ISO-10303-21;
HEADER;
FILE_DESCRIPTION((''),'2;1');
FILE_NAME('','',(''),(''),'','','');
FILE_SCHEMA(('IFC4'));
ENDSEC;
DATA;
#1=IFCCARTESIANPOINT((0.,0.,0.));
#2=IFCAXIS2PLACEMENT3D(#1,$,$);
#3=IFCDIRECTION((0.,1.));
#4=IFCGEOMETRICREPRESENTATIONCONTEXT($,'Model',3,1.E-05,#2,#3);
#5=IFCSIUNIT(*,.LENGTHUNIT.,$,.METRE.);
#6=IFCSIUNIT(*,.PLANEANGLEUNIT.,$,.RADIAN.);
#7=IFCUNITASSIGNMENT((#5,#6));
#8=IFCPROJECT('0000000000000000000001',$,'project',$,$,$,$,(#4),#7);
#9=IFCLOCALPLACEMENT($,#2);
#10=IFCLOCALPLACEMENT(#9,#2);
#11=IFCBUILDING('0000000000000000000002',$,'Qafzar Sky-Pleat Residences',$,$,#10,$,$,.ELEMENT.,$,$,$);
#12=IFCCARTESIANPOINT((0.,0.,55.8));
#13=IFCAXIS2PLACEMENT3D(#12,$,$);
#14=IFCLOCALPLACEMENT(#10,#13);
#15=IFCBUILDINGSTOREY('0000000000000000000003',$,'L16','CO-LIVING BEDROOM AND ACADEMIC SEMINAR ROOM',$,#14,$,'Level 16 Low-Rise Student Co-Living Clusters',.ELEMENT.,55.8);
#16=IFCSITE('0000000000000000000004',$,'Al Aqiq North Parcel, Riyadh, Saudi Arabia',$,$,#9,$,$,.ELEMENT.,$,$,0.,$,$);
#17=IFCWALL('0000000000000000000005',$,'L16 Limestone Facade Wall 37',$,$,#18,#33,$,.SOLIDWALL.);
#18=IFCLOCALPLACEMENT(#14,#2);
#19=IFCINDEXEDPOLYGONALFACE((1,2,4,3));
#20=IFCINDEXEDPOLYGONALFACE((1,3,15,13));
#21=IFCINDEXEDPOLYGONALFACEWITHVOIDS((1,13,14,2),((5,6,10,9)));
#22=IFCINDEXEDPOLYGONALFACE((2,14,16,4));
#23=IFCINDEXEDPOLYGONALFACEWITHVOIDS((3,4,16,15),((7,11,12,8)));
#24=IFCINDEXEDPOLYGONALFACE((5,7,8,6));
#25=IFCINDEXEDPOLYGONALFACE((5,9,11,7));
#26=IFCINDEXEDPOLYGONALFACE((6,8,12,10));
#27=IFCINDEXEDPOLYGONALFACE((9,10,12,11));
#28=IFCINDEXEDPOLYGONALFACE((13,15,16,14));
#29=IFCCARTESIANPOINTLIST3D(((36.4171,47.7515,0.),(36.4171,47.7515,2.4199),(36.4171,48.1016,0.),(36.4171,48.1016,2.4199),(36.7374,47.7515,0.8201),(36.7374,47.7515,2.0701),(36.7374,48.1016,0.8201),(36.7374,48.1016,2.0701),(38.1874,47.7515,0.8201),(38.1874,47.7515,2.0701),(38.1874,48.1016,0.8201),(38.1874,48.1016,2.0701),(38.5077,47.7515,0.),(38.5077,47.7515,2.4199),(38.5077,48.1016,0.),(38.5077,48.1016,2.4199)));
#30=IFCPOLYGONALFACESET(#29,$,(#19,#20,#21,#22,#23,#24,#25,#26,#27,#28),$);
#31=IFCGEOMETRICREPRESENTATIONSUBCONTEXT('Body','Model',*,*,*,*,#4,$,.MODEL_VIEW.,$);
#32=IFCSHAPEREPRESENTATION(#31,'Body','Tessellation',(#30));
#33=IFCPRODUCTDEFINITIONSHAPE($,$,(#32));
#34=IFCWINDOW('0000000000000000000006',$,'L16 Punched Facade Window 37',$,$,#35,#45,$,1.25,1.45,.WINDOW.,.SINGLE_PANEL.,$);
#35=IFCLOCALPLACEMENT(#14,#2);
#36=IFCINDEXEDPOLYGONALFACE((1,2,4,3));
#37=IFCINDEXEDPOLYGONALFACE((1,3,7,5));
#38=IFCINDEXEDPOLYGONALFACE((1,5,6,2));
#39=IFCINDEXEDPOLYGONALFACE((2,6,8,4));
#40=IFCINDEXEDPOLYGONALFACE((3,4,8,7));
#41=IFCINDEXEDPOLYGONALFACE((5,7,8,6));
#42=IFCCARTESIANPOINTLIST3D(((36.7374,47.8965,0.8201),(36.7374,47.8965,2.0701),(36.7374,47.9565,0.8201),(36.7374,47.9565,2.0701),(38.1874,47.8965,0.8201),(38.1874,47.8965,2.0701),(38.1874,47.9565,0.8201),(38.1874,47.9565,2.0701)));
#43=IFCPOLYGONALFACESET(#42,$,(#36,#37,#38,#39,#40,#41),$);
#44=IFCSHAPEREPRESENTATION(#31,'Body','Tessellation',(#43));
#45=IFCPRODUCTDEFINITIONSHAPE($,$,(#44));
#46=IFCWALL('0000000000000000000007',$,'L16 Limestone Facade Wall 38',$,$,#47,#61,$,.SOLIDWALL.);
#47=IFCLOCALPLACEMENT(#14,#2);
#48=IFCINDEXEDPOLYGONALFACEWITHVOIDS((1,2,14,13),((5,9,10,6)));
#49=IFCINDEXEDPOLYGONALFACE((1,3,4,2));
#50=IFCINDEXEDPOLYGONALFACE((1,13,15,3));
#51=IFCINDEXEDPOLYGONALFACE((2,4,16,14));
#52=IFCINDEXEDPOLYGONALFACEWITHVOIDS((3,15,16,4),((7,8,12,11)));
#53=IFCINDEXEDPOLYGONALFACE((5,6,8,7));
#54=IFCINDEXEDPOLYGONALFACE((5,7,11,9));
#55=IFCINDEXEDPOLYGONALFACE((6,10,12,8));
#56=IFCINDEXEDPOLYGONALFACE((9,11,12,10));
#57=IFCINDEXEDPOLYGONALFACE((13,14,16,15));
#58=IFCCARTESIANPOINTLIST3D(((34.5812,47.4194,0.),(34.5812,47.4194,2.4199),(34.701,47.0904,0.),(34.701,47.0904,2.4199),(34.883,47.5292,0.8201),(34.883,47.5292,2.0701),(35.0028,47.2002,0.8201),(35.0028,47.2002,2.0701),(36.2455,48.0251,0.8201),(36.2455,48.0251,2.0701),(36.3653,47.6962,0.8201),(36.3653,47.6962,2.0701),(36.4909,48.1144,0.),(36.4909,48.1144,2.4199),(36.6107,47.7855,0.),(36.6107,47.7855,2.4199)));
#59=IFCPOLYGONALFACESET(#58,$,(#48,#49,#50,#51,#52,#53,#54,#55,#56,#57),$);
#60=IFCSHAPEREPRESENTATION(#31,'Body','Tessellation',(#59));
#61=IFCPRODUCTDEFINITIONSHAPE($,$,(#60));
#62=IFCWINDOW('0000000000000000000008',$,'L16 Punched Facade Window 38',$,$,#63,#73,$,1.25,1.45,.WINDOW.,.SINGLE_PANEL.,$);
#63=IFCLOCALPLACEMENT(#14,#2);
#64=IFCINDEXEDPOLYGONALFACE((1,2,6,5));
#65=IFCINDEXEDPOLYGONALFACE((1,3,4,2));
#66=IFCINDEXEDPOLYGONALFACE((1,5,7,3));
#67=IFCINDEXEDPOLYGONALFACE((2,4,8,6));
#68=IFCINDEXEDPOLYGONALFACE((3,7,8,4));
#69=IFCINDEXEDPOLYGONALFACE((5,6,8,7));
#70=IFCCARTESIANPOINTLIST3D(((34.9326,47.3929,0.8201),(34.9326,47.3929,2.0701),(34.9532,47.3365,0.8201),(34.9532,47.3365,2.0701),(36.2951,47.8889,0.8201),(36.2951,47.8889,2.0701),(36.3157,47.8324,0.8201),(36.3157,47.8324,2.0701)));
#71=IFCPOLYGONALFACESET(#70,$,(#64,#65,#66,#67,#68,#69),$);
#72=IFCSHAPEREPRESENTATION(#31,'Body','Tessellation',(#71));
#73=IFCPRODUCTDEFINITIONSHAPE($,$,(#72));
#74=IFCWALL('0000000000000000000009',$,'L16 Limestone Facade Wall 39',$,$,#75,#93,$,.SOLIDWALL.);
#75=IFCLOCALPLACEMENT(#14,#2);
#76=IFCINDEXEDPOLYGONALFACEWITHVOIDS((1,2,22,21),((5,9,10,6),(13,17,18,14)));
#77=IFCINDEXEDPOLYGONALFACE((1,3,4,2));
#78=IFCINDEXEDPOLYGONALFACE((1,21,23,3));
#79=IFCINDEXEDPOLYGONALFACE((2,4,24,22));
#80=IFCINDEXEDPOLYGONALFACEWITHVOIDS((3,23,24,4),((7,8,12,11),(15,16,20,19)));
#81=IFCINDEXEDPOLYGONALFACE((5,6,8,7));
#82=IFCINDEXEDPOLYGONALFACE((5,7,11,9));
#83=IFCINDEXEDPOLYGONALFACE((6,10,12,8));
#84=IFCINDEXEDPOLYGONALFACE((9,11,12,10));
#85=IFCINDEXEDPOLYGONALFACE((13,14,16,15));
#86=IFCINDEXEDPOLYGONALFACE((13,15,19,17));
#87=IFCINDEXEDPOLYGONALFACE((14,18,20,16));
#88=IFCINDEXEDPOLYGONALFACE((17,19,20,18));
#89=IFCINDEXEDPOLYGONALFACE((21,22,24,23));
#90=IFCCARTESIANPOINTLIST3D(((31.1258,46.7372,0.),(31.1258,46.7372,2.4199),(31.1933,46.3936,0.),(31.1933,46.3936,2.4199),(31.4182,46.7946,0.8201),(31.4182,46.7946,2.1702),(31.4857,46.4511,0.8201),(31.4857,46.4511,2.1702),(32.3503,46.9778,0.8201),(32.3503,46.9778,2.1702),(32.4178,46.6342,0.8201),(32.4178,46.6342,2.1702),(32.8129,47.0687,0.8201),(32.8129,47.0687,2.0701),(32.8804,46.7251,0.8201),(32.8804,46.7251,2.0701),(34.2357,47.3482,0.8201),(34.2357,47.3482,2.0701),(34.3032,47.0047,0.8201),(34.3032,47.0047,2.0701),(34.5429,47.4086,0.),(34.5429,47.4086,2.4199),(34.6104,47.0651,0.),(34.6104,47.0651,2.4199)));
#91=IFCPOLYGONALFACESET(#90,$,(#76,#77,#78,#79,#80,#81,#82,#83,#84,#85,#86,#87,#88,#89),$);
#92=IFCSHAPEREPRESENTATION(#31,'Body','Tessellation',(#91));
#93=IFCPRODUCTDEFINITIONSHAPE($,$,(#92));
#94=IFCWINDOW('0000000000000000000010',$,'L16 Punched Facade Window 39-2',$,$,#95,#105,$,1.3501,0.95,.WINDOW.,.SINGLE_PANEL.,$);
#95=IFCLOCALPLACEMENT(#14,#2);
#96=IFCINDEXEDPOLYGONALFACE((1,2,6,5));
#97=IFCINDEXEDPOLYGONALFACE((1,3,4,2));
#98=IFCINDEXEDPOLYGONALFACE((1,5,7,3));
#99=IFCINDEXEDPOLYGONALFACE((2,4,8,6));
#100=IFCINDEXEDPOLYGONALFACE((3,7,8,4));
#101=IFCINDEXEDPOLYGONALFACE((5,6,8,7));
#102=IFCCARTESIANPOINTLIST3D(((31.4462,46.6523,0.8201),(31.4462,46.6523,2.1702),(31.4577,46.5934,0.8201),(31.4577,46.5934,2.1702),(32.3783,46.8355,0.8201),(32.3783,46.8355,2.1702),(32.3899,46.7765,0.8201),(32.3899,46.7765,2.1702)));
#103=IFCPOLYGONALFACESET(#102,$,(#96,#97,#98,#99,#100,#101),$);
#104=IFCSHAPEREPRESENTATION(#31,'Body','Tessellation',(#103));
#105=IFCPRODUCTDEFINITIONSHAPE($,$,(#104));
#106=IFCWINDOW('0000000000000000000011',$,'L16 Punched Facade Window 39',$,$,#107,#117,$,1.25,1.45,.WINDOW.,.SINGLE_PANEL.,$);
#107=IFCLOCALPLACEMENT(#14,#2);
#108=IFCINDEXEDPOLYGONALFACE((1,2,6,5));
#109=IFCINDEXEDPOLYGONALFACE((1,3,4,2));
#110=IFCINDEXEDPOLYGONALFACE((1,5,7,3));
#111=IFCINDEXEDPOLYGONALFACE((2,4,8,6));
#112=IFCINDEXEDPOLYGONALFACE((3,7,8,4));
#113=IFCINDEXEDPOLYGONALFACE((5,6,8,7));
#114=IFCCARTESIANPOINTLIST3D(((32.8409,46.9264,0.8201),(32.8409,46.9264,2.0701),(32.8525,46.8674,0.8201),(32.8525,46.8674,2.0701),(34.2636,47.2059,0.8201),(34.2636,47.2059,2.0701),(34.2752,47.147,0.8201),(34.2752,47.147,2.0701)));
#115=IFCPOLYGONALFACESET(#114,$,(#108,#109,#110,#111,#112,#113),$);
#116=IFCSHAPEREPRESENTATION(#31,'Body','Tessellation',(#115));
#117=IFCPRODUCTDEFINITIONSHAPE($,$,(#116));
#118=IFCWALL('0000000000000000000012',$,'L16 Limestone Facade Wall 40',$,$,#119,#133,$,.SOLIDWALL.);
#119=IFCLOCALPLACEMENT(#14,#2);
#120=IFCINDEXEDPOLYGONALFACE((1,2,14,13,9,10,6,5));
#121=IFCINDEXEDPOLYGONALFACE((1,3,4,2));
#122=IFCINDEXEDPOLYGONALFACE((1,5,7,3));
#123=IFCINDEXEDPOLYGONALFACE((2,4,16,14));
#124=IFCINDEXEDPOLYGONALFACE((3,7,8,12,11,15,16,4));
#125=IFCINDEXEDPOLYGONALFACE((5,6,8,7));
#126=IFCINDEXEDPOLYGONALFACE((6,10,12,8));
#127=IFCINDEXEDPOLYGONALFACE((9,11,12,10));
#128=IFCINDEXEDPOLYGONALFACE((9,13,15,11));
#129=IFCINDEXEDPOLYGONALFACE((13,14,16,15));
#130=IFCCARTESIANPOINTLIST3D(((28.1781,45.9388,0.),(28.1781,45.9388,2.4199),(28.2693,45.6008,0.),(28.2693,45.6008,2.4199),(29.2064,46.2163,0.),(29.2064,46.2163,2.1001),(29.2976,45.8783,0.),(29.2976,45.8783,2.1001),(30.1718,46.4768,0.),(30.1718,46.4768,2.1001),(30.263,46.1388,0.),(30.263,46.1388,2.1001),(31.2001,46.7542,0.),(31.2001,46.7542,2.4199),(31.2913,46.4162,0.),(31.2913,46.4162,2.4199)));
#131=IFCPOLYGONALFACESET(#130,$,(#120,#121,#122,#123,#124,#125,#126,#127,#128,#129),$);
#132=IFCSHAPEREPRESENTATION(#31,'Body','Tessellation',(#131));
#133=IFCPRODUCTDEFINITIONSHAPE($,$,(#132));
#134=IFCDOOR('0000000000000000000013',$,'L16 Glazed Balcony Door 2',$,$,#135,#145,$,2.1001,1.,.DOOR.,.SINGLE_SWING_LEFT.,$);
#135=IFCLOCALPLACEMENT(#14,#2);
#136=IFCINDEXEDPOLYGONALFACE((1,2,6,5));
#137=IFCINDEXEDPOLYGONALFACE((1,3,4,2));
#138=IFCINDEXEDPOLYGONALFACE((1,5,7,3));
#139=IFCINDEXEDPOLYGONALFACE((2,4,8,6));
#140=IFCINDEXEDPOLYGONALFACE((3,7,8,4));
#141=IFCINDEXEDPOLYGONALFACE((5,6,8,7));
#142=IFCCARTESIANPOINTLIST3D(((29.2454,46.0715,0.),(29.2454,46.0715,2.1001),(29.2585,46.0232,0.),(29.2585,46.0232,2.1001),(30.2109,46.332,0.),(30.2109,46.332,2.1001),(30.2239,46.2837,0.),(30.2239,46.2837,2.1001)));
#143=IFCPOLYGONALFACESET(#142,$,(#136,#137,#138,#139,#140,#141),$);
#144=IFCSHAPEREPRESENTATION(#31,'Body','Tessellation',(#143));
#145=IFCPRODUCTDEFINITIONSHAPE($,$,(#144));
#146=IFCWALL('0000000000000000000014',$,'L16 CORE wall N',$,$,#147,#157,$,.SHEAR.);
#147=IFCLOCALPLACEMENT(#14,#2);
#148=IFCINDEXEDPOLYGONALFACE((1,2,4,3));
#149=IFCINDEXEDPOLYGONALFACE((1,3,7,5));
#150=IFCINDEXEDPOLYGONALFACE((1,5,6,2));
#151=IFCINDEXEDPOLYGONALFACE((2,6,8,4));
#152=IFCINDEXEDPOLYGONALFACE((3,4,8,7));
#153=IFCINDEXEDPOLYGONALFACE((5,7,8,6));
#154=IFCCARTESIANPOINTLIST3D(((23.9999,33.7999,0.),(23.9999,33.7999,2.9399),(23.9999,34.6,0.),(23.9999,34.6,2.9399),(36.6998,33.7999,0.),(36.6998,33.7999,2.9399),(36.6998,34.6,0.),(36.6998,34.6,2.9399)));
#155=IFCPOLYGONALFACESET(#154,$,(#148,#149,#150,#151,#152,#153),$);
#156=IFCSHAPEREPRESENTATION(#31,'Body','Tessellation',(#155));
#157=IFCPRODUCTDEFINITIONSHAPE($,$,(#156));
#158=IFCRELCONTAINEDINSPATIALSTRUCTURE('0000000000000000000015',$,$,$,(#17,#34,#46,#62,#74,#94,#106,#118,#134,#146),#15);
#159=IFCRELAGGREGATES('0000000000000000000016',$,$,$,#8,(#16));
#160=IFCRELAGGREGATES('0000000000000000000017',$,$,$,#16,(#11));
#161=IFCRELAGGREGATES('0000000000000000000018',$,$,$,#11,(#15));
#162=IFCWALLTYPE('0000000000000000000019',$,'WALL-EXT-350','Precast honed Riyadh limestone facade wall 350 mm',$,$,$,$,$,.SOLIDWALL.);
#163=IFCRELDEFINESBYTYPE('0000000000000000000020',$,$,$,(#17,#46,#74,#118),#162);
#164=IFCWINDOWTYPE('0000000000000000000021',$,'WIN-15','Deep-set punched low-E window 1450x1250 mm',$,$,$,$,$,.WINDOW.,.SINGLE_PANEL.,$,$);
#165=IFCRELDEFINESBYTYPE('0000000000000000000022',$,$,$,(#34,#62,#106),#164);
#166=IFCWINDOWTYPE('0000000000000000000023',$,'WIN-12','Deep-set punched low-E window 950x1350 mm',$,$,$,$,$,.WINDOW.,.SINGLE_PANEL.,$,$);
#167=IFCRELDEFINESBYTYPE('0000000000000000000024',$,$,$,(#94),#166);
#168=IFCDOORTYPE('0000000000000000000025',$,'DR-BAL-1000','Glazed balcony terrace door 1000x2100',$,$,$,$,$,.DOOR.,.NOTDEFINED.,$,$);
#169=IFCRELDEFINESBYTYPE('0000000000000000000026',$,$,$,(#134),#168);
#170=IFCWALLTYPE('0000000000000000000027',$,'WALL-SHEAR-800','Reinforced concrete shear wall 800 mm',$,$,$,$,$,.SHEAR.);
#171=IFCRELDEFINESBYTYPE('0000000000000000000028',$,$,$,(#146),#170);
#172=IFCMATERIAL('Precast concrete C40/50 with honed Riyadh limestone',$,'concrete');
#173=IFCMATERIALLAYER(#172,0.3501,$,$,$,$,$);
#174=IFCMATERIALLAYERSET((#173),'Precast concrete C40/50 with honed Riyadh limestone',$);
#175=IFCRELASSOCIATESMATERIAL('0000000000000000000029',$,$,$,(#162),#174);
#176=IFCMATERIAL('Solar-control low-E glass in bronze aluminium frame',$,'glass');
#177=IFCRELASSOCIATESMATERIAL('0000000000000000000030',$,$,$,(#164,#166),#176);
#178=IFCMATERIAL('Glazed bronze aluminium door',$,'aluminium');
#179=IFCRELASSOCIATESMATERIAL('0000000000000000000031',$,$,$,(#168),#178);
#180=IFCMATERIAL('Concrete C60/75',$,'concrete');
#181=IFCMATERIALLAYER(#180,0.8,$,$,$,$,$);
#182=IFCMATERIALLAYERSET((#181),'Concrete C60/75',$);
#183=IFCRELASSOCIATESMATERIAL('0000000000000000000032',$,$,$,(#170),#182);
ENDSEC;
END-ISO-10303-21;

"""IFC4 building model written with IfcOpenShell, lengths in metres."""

from ifc_helpers import new_model, si_unit, direction, frame, frame_2d, origin, place, context, subcontext, project, spatial, rectangle, extrude, source, transform, mapped, material, layer, layer_set, type_object, element, fill, save


model = new_model("IFC4")

# Units and contexts
model_context = context("Model", 3, precision=1e-05, world=origin(), true_north=direction((0.0, 1.0)))
body_context = subcontext(model_context, "Body", "Model", "MODEL_VIEW")
ifc_project = project(units=[si_unit("LENGTHUNIT", "METRE"), si_unit("PLANEANGLEUNIT", "RADIAN")], contexts=[model_context])

# Site, building, storey
site_placement = place(None, origin())
site = spatial("IfcSite", under=ifc_project, at=site_placement, Name="Al Aqiq North Parcel, Riyadh, Saudi Arabia", CompositionType="ELEMENT", RefElevation=0.0)
building_placement = place(site_placement, origin())
building = spatial("IfcBuilding", under=site, at=building_placement, Name="Qafzar Sky-Pleat Residences", CompositionType="ELEMENT")
storey_placement = place(building_placement, frame((0.0, 0.0, 55.8)))
storey = spatial("IfcBuildingStorey", under=building, at=storey_placement, Name="L16", Description="CO-LIVING BEDROOM AND ACADEMIC SEMINAR ROOM", LongName="Level 16 Low-Rise Student Co-Living Clusters", CompositionType="ELEMENT", Elevation=55.8)

# Walls, openings, windows
ifc_material_1 = material(Name="Precast concrete C40/50 with honed Riyadh limestone", Category="concrete")
ifc_layer_1 = layer(ifc_material_1, 0.3501)
ifc_layer_set_1 = layer_set([ifc_layer_1], Name="Precast concrete C40/50 with honed Riyadh limestone")
wall_type_1 = type_object("IfcWallType", Name="WALL-EXT-350", Description="Precast honed Riyadh limestone facade wall 350 mm", PredefinedType="SOLIDWALL", material=ifc_layer_set_1)
wall_1_placement = place(storey_placement, frame((38.5078, 47.9265, 0.0), z_axis=(0.0, 0.0, 1.0), x_axis=(-1.0, 0.0, 0.0)))
wall_1 = element("IfcWall", 1, at=wall_1_placement, inside=storey, type_object=wall_type_1, Name="L16 Limestone Facade Wall 37", PredefinedType="SOLIDWALL", context=body_context, shape_type="SweptSolid", body=[
    extrude(rectangle(XDim=2.0906, YDim=0.3501, at=frame_2d((1.0454, 0.0))), origin(), (0.0, 0.0, 1.0), 2.4199),
])
opening_1_placement = place(wall_1_placement, frame((0.3203, 0.0, 0.8201)))
opening_1 = element("IfcOpeningElement", 2, at=opening_1_placement, cuts=wall_1, PredefinedType="OPENING", context=body_context, shape_type="SweptSolid", body=[
    extrude(rectangle(XDim=1.45, YDim=1.25, at=frame_2d((0.7251, 0.625))), frame((0.0, 0.1851, 0.0), z_axis=(0.0, -1.0, 0.0), x_axis=(1.0, 0.0, 0.0)), (0.0, 0.0, 1.0), 0.3701),
])
ifc_material_2 = material(Name="Solar-control low-E glass in bronze aluminium frame", Category="glass")
window_type_1 = type_object("IfcWindowType", Name="WIN-15", Description="Deep-set punched low-E window 1450x1250 mm", PartitioningType="SINGLE_PANEL", PredefinedType="WINDOW", material=ifc_material_2)
shared_shape_1 = source(origin(), body_context, "Body", "SweptSolid", [
    extrude(rectangle(XDim=1.45, YDim=1.25, at=frame_2d((0.7251, 0.625))), frame((0.0, 0.03, 0.0), z_axis=(0.0, -1.0, 0.0), x_axis=(1.0, 0.0, 0.0)), (0.0, 0.0, 1.0), 0.0601),
])
window_1_placement = place(opening_1_placement, origin())
window_1 = element("IfcWindow", 3, at=window_1_placement, inside=storey, type_object=window_type_1, Name="L16 Punched Facade Window 37", OverallHeight=1.25, OverallWidth=1.45, PartitioningType="SINGLE_PANEL", PredefinedType="WINDOW", context=body_context, shape_type="MappedRepresentation", body=[
    mapped(shared_shape_1, transform((0.0, 0.0, 0.0), x_axis=(1.0, 0.0, 0.0), y_axis=(0.0, 1.0, 0.0), z_axis=(0.0, 0.0, 1.0), scale=1.0)),
])
fill(opening_1, window_1)
wall_2_placement = place(storey_placement, frame((36.5508, 47.95, 0.0), z_axis=(0.0, 0.0, 1.0), x_axis=(-0.939692, -0.342023, 0.0)))
wall_2 = element("IfcWall", 4, at=wall_2_placement, inside=storey, type_object=wall_type_1, Name="L16 Limestone Facade Wall 38", PredefinedType="SOLIDWALL", context=body_context, shape_type="SweptSolid", body=[
    extrude(rectangle(XDim=2.0322, YDim=0.3501, at=frame_2d((1.0161, 0.0))), origin(), (0.0, 0.0, 1.0), 2.4199),
])
opening_2_placement = place(wall_2_placement, frame((0.261, 0.0, 0.8201)))
opening_2 = element("IfcOpeningElement", 5, at=opening_2_placement, cuts=wall_2, PredefinedType="OPENING", context=body_context, shape_type="SweptSolid", body=[
    extrude(rectangle(XDim=1.45, YDim=1.25, at=frame_2d((0.7251, 0.625))), frame((0.0, 0.1851, 0.0), z_axis=(0.0, -1.0, 0.0), x_axis=(1.0, 0.0, 0.0)), (0.0, 0.0, 1.0), 0.3701),
])
window_2_placement = place(opening_2_placement, origin())
window_2 = element("IfcWindow", 6, at=window_2_placement, inside=storey, type_object=window_type_1, Name="L16 Punched Facade Window 38", OverallHeight=1.25, OverallWidth=1.45, PartitioningType="SINGLE_PANEL", PredefinedType="WINDOW", context=body_context, shape_type="MappedRepresentation", body=[
    mapped(shared_shape_1, transform((0.0, 0.0, 0.0), x_axis=(1.0, 0.0, 0.0), y_axis=(0.0, 1.0, 0.0), z_axis=(0.0, 0.0, 1.0), scale=1.0)),
])
fill(opening_2, window_2)

# Wall, openings, windows
wall_3_placement = place(storey_placement, frame((34.5767, 47.2368, 0.0), z_axis=(0.0, 0.0, 1.0), x_axis=(-0.981238, -0.192798, 0.0)))
wall_3 = element("IfcWall", 7, at=wall_3_placement, inside=storey, type_object=wall_type_1, Name="L16 Limestone Facade Wall 39", PredefinedType="SOLIDWALL", context=body_context, shape_type="SweptSolid", body=[
    extrude(rectangle(XDim=3.4824, YDim=0.3501, at=frame_2d((1.7412, 0.0))), origin(), (0.0, 0.0, 1.0), 2.4199),
])
opening_3_placement = place(wall_3_placement, frame((0.313, 0.0, 0.8201)))
opening_3 = element("IfcOpeningElement", 8, at=opening_3_placement, cuts=wall_3, PredefinedType="OPENING", context=body_context, shape_type="SweptSolid", body=[
    extrude(rectangle(XDim=1.45, YDim=1.25, at=frame_2d((0.7251, 0.625))), frame((0.0, 0.1851, 0.0), z_axis=(0.0, -1.0, 0.0), x_axis=(1.0, 0.0, 0.0)), (0.0, 0.0, 1.0), 0.3701),
])
opening_4_placement = place(wall_3_placement, frame((2.2344, 0.0, 0.8201)))
opening_4 = element("IfcOpeningElement", 9, at=opening_4_placement, cuts=wall_3, PredefinedType="OPENING", context=body_context, shape_type="SweptSolid", body=[
    extrude(rectangle(XDim=0.95, YDim=1.3501, at=frame_2d((0.4751, 0.675))), frame((0.0, 0.1851, 0.0), z_axis=(0.0, -1.0, 0.0), x_axis=(1.0, 0.0, 0.0)), (0.0, 0.0, 1.0), 0.3701),
])
window_type_2 = type_object("IfcWindowType", Name="WIN-12", Description="Deep-set punched low-E window 950x1350 mm", PartitioningType="SINGLE_PANEL", PredefinedType="WINDOW", material=ifc_material_2)
shared_shape_2 = source(origin(), body_context, "Body", "SweptSolid", [
    extrude(rectangle(XDim=0.95, YDim=1.3501, at=frame_2d((0.4751, 0.675))), frame((0.0, 0.03, 0.0), z_axis=(0.0, -1.0, 0.0), x_axis=(1.0, 0.0, 0.0)), (0.0, 0.0, 1.0), 0.0601),
])
window_3_placement = place(opening_4_placement, origin())
window_3 = element("IfcWindow", 10, at=window_3_placement, inside=storey, type_object=window_type_2, Name="L16 Punched Facade Window 39-2", OverallHeight=1.3501, OverallWidth=0.95, PartitioningType="SINGLE_PANEL", PredefinedType="WINDOW", context=body_context, shape_type="MappedRepresentation", body=[
    mapped(shared_shape_2, transform((0.0, 0.0, 0.0), x_axis=(1.0, 0.0, 0.0), y_axis=(0.0, 1.0, 0.0), z_axis=(0.0, 0.0, 1.0), scale=1.0)),
])
fill(opening_4, window_3)
window_4_placement = place(opening_3_placement, origin())
window_4 = element("IfcWindow", 11, at=window_4_placement, inside=storey, type_object=window_type_1, Name="L16 Punched Facade Window 39", OverallHeight=1.25, OverallWidth=1.45, PartitioningType="SINGLE_PANEL", PredefinedType="WINDOW", context=body_context, shape_type="MappedRepresentation", body=[
    mapped(shared_shape_1, transform((0.0, 0.0, 0.0), x_axis=(1.0, 0.0, 0.0), y_axis=(0.0, 1.0, 0.0), z_axis=(0.0, 0.0, 1.0), scale=1.0)),
])
fill(opening_3, window_4)

# Wall, opening, door
wall_4_placement = place(storey_placement, frame((31.2456, 46.5852, 0.0), z_axis=(0.0, 0.0, 1.0), x_axis=(-0.96547, -0.260516, 0.0)))
wall_4 = element("IfcWall", 12, at=wall_4_placement, inside=storey, type_object=wall_type_1, Name="L16 Limestone Facade Wall 40", PredefinedType="SOLIDWALL", context=body_context, shape_type="SweptSolid", body=[
    extrude(rectangle(XDim=3.1301, YDim=0.3501, at=frame_2d((1.5649, 0.0))), origin(), (0.0, 0.0, 1.0), 2.4199),
])
opening_5_placement = place(wall_4_placement, frame((1.0649, 0.0, 0.0)))
opening_5 = element("IfcOpeningElement", 13, at=opening_5_placement, cuts=wall_4, PredefinedType="OPENING", context=body_context, shape_type="SweptSolid", body=[
    extrude(rectangle(XDim=1.0, YDim=2.1001, at=frame_2d((0.5, 1.05))), frame((0.0, 0.1851, 0.0), z_axis=(0.0, -1.0, 0.0), x_axis=(1.0, 0.0, 0.0)), (0.0, 0.0, 1.0), 0.3701),
])
ifc_material_3 = material(Name="Glazed bronze aluminium door", Category="aluminium")
door_type_1 = type_object("IfcDoorType", Name="DR-BAL-1000", Description="Glazed balcony terrace door 1000x2100", OperationType="NOTDEFINED", PredefinedType="DOOR", material=ifc_material_3)
shared_shape_3 = source(origin(), body_context, "Body", "SweptSolid", [
    extrude(rectangle(XDim=1.0, YDim=2.1001, at=frame_2d((0.5, 1.05))), frame((0.0, 0.0249, 0.0), z_axis=(0.0, -1.0, 0.0), x_axis=(1.0, 0.0, 0.0)), (0.0, 0.0, 1.0), 0.05),
])
door_1_placement = place(opening_5_placement, origin())
door_1 = element("IfcDoor", 14, at=door_1_placement, inside=storey, type_object=door_type_1, Name="L16 Glazed Balcony Door 2", OperationType="SINGLE_SWING_LEFT", OverallHeight=2.1001, OverallWidth=1.0, PredefinedType="DOOR", context=body_context, shape_type="MappedRepresentation", body=[
    mapped(shared_shape_3, transform((0.0, 0.0, 0.0), x_axis=(1.0, 0.0, 0.0), y_axis=(0.0, 1.0, 0.0), z_axis=(0.0, 0.0, 1.0), scale=1.0)),
])
fill(opening_5, door_1)

# Wall
ifc_material_4 = material(Name="Concrete C60/75", Category="concrete")
ifc_layer_2 = layer(ifc_material_4, 0.8)
ifc_layer_set_2 = layer_set([ifc_layer_2], Name="Concrete C60/75")
wall_type_2 = type_object("IfcWallType", Name="WALL-SHEAR-800", Description="Reinforced concrete shear wall 800 mm", PredefinedType="SHEAR", material=ifc_layer_set_2)
wall_5_placement = place(storey_placement, frame((36.7, 34.2, 0.0), z_axis=(0.0, 0.0, 1.0), x_axis=(-1.0, 0.0, 0.0)))
element("IfcWall", 15, at=wall_5_placement, inside=storey, type_object=wall_type_2, Name="L16 CORE wall N", PredefinedType="SHEAR", context=body_context, shape_type="SweptSolid", body=[
    extrude(rectangle(XDim=12.7, YDim=0.8, at=frame_2d((6.3501, 0.0))), origin(), (0.0, 0.0, 1.0), 2.9399),
])

save(model, "model.ifc")
